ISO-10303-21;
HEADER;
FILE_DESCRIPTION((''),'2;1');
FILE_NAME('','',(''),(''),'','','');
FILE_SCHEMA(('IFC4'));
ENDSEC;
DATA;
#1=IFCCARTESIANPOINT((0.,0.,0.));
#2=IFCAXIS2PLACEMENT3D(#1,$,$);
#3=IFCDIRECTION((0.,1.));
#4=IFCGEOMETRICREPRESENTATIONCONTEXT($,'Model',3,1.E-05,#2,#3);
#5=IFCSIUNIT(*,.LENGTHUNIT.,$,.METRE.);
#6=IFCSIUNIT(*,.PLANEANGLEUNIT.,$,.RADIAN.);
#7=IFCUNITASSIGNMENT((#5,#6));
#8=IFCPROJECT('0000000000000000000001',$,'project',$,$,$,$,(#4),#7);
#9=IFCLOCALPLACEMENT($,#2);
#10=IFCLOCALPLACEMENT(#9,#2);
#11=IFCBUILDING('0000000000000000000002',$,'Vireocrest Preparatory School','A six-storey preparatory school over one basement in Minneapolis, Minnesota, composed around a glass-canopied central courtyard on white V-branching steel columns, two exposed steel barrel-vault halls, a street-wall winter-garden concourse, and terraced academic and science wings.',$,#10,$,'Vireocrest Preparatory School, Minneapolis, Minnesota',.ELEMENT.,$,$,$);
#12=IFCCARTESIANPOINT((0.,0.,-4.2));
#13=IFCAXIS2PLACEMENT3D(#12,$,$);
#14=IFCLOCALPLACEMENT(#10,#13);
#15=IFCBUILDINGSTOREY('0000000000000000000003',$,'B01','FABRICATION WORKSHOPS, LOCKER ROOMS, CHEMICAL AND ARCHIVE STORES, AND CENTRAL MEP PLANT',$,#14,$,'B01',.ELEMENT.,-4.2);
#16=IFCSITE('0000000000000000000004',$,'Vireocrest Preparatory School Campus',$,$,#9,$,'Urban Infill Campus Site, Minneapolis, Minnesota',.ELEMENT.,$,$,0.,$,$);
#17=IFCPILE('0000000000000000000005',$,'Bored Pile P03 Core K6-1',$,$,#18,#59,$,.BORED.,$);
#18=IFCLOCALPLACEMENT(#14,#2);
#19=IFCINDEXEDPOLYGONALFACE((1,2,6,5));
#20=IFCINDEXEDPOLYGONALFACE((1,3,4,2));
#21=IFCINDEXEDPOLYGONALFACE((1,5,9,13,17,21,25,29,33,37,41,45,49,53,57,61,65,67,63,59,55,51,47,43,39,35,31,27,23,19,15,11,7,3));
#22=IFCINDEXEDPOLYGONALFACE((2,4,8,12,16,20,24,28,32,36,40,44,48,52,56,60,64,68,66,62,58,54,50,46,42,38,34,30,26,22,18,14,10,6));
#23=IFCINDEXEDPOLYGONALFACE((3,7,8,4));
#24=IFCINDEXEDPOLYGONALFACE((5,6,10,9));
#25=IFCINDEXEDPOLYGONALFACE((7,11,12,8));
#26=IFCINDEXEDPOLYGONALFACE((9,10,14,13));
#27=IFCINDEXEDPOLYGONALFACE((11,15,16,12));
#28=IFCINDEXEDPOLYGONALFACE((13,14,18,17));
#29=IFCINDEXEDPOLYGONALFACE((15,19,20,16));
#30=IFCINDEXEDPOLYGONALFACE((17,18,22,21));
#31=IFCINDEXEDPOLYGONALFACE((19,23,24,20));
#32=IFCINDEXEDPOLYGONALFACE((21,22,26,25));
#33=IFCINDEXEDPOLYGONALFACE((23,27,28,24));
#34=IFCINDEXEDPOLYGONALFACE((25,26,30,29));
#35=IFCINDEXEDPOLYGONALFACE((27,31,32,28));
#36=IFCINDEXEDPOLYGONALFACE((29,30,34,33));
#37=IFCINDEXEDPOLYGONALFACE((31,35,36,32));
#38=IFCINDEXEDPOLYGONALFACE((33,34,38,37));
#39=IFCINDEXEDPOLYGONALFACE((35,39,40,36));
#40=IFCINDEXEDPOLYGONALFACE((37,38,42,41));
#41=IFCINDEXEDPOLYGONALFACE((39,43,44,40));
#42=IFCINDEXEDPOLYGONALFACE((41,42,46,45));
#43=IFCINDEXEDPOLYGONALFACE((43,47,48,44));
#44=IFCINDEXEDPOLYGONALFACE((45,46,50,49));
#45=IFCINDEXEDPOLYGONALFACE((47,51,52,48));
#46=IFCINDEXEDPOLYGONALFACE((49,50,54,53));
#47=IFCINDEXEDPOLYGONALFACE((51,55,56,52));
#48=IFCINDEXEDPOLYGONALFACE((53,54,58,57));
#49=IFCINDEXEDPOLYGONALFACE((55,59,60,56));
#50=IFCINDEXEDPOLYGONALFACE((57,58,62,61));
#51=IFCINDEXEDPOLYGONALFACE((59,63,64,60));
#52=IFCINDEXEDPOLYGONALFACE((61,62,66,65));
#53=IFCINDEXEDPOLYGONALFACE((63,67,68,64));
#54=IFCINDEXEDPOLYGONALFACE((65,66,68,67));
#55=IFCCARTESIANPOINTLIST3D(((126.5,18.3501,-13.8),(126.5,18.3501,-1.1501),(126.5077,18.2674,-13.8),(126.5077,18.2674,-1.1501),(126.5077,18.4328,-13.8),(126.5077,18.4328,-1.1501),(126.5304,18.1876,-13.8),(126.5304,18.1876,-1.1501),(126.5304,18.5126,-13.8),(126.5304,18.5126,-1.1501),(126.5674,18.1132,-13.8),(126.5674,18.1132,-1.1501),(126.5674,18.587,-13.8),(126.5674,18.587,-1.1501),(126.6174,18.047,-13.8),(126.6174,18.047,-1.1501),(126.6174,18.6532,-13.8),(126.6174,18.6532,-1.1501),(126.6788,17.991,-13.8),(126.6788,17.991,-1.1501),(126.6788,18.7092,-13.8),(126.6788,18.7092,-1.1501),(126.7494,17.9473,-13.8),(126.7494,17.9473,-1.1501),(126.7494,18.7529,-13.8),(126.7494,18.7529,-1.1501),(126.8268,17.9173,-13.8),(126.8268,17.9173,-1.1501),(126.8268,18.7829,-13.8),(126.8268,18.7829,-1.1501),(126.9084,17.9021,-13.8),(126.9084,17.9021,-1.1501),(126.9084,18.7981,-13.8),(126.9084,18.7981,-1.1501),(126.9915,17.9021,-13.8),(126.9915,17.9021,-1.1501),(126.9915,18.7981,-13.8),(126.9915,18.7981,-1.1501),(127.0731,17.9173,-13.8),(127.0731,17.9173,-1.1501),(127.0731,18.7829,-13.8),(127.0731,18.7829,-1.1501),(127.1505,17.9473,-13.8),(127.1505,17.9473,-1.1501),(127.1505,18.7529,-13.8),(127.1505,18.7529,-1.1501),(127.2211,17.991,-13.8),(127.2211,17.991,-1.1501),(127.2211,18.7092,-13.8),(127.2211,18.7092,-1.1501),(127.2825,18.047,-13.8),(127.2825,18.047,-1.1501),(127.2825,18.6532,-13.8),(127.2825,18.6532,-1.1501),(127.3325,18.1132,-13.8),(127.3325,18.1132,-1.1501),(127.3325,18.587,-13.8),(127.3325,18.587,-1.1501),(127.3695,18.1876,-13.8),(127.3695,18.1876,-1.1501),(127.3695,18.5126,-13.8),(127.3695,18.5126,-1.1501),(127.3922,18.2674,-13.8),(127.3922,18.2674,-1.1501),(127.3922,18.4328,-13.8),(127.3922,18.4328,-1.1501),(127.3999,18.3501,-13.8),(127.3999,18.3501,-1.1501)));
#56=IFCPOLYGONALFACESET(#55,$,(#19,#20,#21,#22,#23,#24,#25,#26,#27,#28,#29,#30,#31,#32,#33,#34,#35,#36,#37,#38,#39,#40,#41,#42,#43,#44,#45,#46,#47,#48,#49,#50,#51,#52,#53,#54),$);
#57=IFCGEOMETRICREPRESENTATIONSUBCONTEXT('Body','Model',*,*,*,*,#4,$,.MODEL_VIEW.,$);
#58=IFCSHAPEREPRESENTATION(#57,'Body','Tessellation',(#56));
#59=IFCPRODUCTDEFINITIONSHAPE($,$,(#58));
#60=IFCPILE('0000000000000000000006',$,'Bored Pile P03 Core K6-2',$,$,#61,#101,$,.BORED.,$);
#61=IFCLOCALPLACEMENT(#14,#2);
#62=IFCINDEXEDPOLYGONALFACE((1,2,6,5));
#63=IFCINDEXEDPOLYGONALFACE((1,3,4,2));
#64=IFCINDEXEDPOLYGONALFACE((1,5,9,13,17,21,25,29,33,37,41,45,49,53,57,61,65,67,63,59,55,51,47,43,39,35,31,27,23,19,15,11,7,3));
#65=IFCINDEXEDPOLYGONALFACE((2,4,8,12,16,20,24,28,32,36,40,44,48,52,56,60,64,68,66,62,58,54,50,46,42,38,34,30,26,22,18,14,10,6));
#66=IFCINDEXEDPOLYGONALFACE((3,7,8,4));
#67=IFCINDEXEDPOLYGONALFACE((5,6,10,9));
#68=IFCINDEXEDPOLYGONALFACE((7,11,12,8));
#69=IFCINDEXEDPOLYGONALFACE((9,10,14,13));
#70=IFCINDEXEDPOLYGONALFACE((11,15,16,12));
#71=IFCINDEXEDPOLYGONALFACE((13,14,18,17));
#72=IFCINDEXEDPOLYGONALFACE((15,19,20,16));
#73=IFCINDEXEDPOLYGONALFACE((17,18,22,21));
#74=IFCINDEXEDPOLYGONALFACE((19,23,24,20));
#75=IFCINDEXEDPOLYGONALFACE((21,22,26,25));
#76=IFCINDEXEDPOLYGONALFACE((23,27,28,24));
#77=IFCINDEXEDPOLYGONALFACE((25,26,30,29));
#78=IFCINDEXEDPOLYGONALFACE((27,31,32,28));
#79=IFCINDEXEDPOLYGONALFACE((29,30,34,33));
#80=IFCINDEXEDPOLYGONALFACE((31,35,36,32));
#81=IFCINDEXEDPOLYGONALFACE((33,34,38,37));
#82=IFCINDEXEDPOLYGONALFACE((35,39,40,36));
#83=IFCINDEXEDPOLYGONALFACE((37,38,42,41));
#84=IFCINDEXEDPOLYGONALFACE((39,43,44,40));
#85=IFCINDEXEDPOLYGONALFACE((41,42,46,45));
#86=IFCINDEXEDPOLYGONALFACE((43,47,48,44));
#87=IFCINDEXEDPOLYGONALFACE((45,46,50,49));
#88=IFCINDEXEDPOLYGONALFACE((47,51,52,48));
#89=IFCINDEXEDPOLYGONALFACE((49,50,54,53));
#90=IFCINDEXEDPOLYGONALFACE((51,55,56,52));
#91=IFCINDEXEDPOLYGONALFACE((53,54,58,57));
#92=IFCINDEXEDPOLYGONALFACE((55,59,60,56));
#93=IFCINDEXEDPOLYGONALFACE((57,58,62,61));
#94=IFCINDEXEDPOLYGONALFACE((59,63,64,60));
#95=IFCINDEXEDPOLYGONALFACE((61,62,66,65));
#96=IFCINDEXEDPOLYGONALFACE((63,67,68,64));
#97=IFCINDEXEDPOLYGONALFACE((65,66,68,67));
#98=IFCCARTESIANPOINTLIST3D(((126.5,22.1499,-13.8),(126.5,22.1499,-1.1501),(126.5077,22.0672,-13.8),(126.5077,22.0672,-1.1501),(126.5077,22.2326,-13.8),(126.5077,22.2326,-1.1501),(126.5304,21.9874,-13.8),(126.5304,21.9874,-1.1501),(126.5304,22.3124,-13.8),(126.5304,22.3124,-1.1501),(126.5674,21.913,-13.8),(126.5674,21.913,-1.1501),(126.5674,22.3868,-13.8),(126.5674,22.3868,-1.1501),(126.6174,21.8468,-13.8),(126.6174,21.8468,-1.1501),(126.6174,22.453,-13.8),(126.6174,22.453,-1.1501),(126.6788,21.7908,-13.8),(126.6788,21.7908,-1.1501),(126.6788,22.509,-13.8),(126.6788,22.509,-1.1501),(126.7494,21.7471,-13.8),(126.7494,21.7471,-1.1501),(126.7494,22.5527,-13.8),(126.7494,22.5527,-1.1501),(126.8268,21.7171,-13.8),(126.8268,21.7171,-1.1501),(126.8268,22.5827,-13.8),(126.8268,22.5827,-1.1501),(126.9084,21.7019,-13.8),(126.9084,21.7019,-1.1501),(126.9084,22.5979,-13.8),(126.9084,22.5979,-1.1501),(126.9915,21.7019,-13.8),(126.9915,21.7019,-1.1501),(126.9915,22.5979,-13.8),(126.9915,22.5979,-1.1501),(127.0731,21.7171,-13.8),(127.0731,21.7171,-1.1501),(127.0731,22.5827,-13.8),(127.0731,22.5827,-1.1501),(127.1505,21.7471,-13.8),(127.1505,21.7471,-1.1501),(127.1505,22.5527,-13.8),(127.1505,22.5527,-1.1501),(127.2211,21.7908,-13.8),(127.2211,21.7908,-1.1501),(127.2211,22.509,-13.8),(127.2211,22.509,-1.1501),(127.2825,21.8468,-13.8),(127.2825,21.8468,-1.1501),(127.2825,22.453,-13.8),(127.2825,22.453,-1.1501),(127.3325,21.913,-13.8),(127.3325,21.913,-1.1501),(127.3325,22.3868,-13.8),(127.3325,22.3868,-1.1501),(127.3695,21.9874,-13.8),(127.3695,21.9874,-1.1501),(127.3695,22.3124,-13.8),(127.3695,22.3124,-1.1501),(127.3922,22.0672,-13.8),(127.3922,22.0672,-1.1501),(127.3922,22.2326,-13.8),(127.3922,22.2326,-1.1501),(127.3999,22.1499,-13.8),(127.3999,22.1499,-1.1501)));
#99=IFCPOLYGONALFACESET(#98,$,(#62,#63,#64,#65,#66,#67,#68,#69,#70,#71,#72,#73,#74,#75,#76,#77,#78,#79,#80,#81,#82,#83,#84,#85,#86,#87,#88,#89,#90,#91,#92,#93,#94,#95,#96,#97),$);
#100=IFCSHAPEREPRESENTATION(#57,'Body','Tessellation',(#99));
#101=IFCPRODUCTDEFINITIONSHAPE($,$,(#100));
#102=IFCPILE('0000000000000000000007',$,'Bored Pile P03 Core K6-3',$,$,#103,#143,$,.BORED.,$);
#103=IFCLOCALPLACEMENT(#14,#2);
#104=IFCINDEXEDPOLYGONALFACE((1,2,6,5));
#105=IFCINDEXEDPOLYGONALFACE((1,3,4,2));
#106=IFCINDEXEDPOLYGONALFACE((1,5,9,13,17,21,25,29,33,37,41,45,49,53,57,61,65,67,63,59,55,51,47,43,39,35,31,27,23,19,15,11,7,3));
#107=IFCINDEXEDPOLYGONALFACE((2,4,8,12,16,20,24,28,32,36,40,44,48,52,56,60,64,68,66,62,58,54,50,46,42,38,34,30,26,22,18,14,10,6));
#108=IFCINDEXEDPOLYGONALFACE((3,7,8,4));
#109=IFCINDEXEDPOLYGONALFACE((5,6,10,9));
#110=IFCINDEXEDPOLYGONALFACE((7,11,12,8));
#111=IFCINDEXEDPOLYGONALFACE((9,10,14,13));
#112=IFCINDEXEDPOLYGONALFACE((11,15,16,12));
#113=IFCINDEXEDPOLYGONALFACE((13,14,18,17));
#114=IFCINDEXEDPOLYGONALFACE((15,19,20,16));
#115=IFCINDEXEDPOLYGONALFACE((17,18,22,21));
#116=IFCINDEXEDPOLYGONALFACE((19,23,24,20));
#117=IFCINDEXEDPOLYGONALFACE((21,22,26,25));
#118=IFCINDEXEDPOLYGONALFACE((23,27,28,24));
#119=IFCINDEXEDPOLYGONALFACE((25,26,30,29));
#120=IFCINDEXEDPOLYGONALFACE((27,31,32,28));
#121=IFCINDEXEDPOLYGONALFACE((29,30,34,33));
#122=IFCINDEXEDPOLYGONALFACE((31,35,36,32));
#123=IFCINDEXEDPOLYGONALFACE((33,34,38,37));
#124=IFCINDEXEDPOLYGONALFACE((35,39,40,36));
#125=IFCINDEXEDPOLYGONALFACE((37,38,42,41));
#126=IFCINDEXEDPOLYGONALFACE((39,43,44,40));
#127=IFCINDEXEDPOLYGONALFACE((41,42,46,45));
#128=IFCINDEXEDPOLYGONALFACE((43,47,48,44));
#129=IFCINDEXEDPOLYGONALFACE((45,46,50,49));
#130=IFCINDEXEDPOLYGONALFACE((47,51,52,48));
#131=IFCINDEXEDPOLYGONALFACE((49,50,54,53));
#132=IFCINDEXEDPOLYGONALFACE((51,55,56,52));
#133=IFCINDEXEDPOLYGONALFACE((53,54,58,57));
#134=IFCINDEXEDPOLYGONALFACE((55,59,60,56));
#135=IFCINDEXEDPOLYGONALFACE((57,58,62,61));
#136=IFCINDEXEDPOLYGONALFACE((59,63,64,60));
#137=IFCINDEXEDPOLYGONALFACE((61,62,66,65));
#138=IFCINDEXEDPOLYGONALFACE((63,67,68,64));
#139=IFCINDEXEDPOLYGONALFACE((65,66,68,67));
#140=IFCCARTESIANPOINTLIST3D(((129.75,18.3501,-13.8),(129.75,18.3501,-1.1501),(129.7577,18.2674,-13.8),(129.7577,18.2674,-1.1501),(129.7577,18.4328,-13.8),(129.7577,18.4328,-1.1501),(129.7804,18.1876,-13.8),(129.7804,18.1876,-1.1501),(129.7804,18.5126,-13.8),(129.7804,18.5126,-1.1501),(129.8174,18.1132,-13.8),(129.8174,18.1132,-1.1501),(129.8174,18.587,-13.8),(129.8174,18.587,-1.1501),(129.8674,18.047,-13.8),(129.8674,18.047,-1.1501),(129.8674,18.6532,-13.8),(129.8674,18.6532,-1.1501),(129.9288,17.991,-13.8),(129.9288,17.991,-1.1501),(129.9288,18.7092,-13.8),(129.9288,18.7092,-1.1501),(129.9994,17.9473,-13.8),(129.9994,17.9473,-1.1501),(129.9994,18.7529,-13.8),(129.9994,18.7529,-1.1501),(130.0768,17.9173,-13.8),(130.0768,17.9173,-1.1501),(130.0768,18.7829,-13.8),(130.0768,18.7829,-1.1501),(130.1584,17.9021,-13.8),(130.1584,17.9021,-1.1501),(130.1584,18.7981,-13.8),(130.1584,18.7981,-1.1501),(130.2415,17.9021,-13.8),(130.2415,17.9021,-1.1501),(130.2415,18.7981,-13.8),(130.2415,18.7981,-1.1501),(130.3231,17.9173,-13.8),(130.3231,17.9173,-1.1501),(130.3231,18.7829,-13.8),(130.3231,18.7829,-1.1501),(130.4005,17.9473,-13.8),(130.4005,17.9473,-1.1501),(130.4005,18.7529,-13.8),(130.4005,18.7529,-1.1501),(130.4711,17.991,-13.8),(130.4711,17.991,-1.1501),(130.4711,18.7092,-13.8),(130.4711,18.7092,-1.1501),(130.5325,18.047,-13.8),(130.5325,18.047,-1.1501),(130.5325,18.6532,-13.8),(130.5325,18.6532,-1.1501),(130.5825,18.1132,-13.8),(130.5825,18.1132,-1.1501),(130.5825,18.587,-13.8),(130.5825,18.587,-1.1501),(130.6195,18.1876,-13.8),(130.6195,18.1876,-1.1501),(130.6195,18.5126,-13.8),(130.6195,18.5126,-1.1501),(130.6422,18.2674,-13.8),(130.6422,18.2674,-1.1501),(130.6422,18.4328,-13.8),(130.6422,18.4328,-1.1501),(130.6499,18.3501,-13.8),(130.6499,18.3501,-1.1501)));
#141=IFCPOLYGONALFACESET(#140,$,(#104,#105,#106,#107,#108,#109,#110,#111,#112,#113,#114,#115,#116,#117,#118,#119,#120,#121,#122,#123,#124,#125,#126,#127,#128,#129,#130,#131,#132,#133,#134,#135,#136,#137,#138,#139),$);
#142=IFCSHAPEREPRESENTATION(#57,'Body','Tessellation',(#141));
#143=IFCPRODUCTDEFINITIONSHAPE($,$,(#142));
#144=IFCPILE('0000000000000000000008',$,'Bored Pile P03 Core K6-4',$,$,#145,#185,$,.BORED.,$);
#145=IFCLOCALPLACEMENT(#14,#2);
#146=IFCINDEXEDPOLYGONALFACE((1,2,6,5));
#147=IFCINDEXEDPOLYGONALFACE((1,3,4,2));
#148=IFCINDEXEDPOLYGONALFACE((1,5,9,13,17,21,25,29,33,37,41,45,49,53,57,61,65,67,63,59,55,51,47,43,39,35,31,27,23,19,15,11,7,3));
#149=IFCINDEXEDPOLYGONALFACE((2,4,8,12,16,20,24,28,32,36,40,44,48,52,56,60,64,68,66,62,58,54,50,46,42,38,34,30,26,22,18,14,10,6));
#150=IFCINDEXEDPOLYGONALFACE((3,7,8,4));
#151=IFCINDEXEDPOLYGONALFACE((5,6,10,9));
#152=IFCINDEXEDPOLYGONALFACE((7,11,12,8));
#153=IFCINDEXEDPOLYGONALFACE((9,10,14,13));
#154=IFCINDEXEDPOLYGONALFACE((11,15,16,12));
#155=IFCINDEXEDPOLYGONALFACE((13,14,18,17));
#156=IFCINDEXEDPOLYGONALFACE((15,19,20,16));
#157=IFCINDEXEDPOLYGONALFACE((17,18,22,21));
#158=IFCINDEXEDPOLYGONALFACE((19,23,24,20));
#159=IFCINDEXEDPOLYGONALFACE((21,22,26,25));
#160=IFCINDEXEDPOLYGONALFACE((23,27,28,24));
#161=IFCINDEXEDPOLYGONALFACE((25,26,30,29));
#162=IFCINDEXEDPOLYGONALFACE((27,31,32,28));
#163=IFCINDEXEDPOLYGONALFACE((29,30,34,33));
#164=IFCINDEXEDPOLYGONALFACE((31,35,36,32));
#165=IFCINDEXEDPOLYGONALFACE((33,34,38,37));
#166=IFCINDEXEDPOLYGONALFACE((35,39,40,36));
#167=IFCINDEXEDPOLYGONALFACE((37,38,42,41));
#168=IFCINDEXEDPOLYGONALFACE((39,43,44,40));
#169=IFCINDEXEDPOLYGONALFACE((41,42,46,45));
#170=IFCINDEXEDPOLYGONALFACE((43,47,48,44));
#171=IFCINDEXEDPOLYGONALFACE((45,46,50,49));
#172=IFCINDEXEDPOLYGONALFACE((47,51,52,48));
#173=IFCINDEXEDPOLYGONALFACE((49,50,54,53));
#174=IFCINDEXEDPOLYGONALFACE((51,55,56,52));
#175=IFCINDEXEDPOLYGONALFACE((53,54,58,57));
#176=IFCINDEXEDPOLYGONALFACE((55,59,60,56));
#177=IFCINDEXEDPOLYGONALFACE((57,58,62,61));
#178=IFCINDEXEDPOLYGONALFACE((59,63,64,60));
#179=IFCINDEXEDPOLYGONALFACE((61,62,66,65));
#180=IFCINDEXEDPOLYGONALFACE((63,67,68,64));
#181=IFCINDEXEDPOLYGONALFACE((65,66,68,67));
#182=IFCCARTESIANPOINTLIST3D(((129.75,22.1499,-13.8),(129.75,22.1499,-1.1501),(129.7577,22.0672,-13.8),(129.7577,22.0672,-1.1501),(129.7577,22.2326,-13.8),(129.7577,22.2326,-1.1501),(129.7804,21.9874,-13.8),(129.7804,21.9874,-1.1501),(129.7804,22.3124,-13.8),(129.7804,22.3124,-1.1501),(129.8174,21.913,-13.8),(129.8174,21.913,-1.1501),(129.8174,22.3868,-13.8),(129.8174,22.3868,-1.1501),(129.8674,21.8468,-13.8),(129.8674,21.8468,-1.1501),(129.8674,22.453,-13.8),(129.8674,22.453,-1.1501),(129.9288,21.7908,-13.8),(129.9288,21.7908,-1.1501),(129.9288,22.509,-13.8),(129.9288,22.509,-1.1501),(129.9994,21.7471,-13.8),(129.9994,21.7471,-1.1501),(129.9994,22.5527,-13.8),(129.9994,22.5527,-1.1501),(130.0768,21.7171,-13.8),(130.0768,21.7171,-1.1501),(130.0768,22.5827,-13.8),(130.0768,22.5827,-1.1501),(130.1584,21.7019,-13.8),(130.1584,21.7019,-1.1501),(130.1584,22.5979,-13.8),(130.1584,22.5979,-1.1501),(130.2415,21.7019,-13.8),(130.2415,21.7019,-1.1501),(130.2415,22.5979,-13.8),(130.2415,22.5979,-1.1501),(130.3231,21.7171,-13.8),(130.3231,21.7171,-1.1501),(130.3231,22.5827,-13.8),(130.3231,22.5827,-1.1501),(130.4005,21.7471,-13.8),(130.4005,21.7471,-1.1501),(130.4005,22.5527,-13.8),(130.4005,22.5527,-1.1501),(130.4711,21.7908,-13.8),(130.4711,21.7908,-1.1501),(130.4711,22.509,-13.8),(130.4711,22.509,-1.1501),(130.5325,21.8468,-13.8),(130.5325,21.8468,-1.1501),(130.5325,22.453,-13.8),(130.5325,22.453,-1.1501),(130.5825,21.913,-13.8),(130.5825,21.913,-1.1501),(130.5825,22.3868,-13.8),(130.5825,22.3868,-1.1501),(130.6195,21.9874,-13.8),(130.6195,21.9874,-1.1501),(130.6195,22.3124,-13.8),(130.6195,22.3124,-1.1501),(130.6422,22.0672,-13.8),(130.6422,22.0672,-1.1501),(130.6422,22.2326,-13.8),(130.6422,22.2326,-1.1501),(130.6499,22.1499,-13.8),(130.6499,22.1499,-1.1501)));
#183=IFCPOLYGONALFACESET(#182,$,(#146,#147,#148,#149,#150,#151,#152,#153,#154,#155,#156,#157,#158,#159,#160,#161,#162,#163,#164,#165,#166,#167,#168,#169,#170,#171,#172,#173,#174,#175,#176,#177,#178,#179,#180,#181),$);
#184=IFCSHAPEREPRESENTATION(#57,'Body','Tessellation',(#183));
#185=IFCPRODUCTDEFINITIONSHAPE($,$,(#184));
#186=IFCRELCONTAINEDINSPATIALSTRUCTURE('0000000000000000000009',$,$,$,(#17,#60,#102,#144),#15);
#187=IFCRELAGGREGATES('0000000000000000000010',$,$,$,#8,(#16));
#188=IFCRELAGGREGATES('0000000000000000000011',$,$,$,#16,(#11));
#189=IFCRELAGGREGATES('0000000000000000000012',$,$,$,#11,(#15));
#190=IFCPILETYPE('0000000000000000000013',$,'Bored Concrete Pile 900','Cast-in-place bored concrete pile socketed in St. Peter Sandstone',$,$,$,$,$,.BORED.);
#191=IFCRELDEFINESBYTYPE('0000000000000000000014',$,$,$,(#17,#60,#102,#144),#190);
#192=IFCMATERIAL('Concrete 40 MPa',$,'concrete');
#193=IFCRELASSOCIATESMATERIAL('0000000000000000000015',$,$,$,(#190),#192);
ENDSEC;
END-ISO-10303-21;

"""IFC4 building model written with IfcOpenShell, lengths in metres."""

from ifc_helpers import new_model, si_unit, direction, frame, origin, origin_2d, place, context, subcontext, project, spatial, circle, extrude, material, material_profile, profile_set, type_object, element, save


model = new_model("IFC4")

# Units and contexts
model_context = context("Model", 3, precision=1e-05, world=origin(), true_north=direction((0.0, 1.0)))
body_context = subcontext(model_context, "Body", "Model", "MODEL_VIEW")
ifc_project = project(units=[si_unit("LENGTHUNIT", "METRE"), si_unit("PLANEANGLEUNIT", "RADIAN")], contexts=[model_context])

# Site, building, storey
site_placement = place(None, origin())
site = spatial("IfcSite", under=ifc_project, at=site_placement, Name="Vireocrest Preparatory School Campus", LongName="Urban Infill Campus Site, Minneapolis, Minnesota", CompositionType="ELEMENT", RefElevation=0.0)
building_placement = place(site_placement, origin())
building = spatial("IfcBuilding", under=site, at=building_placement, Name="Vireocrest Preparatory School", Description="A six-storey preparatory school over one basement in Minneapolis, Minnesota, composed around a glass-canopied central courtyard on white V-branching steel columns, two exposed steel barrel-vault halls, a street-wall winter-garden concourse, and terraced academic and science wings.", LongName="Vireocrest Preparatory School, Minneapolis, Minnesota", CompositionType="ELEMENT")
storey_placement = place(building_placement, frame((0.0, 0.0, -4.2)))
storey = spatial("IfcBuildingStorey", under=building, at=storey_placement, Name="B01", Description="FABRICATION WORKSHOPS, LOCKER ROOMS, CHEMICAL AND ARCHIVE STORES, AND CENTRAL MEP PLANT", LongName="B01", CompositionType="ELEMENT", Elevation=-4.2)

# Piles
ifc_material_1 = material(Name="Concrete 40 MPa", Category="concrete")
ifc_material_profile_1 = material_profile(ifc_material_1, circle(Radius=0.45, at=origin_2d()), Name="BORED PILE 900")
ifc_profile_set_1 = profile_set([ifc_material_profile_1], Name="Concrete 40 MPa")
pile_type_1 = type_object("IfcPileType", Name="Bored Concrete Pile 900", Description="Cast-in-place bored concrete pile socketed in St. Peter Sandstone", PredefinedType="BORED", material=ifc_profile_set_1)
for number, where, z_axis, x_axis, name in (
    (1, (126.95, 18.3501, -1.1501), (0.0, 0.0, -1.0), (1.0, 0.0, 0.0), "Bored Pile P03 Core K6-1"),
    (2, (126.95, 22.1499, -1.1501), (0.0, 0.0, -1.0), (1.0, 0.0, 0.0), "Bored Pile P03 Core K6-2"),
    (3, (130.2, 18.3501, -1.1501), (0.0, 0.0, -1.0), (1.0, 0.0, 0.0), "Bored Pile P03 Core K6-3"),
    (4, (130.2, 22.1499, -1.1501), (0.0, 0.0, -1.0), (1.0, 0.0, 0.0), "Bored Pile P03 Core K6-4"),
):
    element("IfcPile", number, at=place(storey_placement, frame(where, z_axis=z_axis, x_axis=x_axis)), inside=storey, type_object=pile_type_1, Name=name, PredefinedType="BORED", context=body_context, shape_type="SweptSolid", body=[
        extrude(circle(Radius=0.45, at=origin_2d()), origin(), (0.0, 0.0, 1.0), 12.6499),
    ])

save(model, "model.ifc")
